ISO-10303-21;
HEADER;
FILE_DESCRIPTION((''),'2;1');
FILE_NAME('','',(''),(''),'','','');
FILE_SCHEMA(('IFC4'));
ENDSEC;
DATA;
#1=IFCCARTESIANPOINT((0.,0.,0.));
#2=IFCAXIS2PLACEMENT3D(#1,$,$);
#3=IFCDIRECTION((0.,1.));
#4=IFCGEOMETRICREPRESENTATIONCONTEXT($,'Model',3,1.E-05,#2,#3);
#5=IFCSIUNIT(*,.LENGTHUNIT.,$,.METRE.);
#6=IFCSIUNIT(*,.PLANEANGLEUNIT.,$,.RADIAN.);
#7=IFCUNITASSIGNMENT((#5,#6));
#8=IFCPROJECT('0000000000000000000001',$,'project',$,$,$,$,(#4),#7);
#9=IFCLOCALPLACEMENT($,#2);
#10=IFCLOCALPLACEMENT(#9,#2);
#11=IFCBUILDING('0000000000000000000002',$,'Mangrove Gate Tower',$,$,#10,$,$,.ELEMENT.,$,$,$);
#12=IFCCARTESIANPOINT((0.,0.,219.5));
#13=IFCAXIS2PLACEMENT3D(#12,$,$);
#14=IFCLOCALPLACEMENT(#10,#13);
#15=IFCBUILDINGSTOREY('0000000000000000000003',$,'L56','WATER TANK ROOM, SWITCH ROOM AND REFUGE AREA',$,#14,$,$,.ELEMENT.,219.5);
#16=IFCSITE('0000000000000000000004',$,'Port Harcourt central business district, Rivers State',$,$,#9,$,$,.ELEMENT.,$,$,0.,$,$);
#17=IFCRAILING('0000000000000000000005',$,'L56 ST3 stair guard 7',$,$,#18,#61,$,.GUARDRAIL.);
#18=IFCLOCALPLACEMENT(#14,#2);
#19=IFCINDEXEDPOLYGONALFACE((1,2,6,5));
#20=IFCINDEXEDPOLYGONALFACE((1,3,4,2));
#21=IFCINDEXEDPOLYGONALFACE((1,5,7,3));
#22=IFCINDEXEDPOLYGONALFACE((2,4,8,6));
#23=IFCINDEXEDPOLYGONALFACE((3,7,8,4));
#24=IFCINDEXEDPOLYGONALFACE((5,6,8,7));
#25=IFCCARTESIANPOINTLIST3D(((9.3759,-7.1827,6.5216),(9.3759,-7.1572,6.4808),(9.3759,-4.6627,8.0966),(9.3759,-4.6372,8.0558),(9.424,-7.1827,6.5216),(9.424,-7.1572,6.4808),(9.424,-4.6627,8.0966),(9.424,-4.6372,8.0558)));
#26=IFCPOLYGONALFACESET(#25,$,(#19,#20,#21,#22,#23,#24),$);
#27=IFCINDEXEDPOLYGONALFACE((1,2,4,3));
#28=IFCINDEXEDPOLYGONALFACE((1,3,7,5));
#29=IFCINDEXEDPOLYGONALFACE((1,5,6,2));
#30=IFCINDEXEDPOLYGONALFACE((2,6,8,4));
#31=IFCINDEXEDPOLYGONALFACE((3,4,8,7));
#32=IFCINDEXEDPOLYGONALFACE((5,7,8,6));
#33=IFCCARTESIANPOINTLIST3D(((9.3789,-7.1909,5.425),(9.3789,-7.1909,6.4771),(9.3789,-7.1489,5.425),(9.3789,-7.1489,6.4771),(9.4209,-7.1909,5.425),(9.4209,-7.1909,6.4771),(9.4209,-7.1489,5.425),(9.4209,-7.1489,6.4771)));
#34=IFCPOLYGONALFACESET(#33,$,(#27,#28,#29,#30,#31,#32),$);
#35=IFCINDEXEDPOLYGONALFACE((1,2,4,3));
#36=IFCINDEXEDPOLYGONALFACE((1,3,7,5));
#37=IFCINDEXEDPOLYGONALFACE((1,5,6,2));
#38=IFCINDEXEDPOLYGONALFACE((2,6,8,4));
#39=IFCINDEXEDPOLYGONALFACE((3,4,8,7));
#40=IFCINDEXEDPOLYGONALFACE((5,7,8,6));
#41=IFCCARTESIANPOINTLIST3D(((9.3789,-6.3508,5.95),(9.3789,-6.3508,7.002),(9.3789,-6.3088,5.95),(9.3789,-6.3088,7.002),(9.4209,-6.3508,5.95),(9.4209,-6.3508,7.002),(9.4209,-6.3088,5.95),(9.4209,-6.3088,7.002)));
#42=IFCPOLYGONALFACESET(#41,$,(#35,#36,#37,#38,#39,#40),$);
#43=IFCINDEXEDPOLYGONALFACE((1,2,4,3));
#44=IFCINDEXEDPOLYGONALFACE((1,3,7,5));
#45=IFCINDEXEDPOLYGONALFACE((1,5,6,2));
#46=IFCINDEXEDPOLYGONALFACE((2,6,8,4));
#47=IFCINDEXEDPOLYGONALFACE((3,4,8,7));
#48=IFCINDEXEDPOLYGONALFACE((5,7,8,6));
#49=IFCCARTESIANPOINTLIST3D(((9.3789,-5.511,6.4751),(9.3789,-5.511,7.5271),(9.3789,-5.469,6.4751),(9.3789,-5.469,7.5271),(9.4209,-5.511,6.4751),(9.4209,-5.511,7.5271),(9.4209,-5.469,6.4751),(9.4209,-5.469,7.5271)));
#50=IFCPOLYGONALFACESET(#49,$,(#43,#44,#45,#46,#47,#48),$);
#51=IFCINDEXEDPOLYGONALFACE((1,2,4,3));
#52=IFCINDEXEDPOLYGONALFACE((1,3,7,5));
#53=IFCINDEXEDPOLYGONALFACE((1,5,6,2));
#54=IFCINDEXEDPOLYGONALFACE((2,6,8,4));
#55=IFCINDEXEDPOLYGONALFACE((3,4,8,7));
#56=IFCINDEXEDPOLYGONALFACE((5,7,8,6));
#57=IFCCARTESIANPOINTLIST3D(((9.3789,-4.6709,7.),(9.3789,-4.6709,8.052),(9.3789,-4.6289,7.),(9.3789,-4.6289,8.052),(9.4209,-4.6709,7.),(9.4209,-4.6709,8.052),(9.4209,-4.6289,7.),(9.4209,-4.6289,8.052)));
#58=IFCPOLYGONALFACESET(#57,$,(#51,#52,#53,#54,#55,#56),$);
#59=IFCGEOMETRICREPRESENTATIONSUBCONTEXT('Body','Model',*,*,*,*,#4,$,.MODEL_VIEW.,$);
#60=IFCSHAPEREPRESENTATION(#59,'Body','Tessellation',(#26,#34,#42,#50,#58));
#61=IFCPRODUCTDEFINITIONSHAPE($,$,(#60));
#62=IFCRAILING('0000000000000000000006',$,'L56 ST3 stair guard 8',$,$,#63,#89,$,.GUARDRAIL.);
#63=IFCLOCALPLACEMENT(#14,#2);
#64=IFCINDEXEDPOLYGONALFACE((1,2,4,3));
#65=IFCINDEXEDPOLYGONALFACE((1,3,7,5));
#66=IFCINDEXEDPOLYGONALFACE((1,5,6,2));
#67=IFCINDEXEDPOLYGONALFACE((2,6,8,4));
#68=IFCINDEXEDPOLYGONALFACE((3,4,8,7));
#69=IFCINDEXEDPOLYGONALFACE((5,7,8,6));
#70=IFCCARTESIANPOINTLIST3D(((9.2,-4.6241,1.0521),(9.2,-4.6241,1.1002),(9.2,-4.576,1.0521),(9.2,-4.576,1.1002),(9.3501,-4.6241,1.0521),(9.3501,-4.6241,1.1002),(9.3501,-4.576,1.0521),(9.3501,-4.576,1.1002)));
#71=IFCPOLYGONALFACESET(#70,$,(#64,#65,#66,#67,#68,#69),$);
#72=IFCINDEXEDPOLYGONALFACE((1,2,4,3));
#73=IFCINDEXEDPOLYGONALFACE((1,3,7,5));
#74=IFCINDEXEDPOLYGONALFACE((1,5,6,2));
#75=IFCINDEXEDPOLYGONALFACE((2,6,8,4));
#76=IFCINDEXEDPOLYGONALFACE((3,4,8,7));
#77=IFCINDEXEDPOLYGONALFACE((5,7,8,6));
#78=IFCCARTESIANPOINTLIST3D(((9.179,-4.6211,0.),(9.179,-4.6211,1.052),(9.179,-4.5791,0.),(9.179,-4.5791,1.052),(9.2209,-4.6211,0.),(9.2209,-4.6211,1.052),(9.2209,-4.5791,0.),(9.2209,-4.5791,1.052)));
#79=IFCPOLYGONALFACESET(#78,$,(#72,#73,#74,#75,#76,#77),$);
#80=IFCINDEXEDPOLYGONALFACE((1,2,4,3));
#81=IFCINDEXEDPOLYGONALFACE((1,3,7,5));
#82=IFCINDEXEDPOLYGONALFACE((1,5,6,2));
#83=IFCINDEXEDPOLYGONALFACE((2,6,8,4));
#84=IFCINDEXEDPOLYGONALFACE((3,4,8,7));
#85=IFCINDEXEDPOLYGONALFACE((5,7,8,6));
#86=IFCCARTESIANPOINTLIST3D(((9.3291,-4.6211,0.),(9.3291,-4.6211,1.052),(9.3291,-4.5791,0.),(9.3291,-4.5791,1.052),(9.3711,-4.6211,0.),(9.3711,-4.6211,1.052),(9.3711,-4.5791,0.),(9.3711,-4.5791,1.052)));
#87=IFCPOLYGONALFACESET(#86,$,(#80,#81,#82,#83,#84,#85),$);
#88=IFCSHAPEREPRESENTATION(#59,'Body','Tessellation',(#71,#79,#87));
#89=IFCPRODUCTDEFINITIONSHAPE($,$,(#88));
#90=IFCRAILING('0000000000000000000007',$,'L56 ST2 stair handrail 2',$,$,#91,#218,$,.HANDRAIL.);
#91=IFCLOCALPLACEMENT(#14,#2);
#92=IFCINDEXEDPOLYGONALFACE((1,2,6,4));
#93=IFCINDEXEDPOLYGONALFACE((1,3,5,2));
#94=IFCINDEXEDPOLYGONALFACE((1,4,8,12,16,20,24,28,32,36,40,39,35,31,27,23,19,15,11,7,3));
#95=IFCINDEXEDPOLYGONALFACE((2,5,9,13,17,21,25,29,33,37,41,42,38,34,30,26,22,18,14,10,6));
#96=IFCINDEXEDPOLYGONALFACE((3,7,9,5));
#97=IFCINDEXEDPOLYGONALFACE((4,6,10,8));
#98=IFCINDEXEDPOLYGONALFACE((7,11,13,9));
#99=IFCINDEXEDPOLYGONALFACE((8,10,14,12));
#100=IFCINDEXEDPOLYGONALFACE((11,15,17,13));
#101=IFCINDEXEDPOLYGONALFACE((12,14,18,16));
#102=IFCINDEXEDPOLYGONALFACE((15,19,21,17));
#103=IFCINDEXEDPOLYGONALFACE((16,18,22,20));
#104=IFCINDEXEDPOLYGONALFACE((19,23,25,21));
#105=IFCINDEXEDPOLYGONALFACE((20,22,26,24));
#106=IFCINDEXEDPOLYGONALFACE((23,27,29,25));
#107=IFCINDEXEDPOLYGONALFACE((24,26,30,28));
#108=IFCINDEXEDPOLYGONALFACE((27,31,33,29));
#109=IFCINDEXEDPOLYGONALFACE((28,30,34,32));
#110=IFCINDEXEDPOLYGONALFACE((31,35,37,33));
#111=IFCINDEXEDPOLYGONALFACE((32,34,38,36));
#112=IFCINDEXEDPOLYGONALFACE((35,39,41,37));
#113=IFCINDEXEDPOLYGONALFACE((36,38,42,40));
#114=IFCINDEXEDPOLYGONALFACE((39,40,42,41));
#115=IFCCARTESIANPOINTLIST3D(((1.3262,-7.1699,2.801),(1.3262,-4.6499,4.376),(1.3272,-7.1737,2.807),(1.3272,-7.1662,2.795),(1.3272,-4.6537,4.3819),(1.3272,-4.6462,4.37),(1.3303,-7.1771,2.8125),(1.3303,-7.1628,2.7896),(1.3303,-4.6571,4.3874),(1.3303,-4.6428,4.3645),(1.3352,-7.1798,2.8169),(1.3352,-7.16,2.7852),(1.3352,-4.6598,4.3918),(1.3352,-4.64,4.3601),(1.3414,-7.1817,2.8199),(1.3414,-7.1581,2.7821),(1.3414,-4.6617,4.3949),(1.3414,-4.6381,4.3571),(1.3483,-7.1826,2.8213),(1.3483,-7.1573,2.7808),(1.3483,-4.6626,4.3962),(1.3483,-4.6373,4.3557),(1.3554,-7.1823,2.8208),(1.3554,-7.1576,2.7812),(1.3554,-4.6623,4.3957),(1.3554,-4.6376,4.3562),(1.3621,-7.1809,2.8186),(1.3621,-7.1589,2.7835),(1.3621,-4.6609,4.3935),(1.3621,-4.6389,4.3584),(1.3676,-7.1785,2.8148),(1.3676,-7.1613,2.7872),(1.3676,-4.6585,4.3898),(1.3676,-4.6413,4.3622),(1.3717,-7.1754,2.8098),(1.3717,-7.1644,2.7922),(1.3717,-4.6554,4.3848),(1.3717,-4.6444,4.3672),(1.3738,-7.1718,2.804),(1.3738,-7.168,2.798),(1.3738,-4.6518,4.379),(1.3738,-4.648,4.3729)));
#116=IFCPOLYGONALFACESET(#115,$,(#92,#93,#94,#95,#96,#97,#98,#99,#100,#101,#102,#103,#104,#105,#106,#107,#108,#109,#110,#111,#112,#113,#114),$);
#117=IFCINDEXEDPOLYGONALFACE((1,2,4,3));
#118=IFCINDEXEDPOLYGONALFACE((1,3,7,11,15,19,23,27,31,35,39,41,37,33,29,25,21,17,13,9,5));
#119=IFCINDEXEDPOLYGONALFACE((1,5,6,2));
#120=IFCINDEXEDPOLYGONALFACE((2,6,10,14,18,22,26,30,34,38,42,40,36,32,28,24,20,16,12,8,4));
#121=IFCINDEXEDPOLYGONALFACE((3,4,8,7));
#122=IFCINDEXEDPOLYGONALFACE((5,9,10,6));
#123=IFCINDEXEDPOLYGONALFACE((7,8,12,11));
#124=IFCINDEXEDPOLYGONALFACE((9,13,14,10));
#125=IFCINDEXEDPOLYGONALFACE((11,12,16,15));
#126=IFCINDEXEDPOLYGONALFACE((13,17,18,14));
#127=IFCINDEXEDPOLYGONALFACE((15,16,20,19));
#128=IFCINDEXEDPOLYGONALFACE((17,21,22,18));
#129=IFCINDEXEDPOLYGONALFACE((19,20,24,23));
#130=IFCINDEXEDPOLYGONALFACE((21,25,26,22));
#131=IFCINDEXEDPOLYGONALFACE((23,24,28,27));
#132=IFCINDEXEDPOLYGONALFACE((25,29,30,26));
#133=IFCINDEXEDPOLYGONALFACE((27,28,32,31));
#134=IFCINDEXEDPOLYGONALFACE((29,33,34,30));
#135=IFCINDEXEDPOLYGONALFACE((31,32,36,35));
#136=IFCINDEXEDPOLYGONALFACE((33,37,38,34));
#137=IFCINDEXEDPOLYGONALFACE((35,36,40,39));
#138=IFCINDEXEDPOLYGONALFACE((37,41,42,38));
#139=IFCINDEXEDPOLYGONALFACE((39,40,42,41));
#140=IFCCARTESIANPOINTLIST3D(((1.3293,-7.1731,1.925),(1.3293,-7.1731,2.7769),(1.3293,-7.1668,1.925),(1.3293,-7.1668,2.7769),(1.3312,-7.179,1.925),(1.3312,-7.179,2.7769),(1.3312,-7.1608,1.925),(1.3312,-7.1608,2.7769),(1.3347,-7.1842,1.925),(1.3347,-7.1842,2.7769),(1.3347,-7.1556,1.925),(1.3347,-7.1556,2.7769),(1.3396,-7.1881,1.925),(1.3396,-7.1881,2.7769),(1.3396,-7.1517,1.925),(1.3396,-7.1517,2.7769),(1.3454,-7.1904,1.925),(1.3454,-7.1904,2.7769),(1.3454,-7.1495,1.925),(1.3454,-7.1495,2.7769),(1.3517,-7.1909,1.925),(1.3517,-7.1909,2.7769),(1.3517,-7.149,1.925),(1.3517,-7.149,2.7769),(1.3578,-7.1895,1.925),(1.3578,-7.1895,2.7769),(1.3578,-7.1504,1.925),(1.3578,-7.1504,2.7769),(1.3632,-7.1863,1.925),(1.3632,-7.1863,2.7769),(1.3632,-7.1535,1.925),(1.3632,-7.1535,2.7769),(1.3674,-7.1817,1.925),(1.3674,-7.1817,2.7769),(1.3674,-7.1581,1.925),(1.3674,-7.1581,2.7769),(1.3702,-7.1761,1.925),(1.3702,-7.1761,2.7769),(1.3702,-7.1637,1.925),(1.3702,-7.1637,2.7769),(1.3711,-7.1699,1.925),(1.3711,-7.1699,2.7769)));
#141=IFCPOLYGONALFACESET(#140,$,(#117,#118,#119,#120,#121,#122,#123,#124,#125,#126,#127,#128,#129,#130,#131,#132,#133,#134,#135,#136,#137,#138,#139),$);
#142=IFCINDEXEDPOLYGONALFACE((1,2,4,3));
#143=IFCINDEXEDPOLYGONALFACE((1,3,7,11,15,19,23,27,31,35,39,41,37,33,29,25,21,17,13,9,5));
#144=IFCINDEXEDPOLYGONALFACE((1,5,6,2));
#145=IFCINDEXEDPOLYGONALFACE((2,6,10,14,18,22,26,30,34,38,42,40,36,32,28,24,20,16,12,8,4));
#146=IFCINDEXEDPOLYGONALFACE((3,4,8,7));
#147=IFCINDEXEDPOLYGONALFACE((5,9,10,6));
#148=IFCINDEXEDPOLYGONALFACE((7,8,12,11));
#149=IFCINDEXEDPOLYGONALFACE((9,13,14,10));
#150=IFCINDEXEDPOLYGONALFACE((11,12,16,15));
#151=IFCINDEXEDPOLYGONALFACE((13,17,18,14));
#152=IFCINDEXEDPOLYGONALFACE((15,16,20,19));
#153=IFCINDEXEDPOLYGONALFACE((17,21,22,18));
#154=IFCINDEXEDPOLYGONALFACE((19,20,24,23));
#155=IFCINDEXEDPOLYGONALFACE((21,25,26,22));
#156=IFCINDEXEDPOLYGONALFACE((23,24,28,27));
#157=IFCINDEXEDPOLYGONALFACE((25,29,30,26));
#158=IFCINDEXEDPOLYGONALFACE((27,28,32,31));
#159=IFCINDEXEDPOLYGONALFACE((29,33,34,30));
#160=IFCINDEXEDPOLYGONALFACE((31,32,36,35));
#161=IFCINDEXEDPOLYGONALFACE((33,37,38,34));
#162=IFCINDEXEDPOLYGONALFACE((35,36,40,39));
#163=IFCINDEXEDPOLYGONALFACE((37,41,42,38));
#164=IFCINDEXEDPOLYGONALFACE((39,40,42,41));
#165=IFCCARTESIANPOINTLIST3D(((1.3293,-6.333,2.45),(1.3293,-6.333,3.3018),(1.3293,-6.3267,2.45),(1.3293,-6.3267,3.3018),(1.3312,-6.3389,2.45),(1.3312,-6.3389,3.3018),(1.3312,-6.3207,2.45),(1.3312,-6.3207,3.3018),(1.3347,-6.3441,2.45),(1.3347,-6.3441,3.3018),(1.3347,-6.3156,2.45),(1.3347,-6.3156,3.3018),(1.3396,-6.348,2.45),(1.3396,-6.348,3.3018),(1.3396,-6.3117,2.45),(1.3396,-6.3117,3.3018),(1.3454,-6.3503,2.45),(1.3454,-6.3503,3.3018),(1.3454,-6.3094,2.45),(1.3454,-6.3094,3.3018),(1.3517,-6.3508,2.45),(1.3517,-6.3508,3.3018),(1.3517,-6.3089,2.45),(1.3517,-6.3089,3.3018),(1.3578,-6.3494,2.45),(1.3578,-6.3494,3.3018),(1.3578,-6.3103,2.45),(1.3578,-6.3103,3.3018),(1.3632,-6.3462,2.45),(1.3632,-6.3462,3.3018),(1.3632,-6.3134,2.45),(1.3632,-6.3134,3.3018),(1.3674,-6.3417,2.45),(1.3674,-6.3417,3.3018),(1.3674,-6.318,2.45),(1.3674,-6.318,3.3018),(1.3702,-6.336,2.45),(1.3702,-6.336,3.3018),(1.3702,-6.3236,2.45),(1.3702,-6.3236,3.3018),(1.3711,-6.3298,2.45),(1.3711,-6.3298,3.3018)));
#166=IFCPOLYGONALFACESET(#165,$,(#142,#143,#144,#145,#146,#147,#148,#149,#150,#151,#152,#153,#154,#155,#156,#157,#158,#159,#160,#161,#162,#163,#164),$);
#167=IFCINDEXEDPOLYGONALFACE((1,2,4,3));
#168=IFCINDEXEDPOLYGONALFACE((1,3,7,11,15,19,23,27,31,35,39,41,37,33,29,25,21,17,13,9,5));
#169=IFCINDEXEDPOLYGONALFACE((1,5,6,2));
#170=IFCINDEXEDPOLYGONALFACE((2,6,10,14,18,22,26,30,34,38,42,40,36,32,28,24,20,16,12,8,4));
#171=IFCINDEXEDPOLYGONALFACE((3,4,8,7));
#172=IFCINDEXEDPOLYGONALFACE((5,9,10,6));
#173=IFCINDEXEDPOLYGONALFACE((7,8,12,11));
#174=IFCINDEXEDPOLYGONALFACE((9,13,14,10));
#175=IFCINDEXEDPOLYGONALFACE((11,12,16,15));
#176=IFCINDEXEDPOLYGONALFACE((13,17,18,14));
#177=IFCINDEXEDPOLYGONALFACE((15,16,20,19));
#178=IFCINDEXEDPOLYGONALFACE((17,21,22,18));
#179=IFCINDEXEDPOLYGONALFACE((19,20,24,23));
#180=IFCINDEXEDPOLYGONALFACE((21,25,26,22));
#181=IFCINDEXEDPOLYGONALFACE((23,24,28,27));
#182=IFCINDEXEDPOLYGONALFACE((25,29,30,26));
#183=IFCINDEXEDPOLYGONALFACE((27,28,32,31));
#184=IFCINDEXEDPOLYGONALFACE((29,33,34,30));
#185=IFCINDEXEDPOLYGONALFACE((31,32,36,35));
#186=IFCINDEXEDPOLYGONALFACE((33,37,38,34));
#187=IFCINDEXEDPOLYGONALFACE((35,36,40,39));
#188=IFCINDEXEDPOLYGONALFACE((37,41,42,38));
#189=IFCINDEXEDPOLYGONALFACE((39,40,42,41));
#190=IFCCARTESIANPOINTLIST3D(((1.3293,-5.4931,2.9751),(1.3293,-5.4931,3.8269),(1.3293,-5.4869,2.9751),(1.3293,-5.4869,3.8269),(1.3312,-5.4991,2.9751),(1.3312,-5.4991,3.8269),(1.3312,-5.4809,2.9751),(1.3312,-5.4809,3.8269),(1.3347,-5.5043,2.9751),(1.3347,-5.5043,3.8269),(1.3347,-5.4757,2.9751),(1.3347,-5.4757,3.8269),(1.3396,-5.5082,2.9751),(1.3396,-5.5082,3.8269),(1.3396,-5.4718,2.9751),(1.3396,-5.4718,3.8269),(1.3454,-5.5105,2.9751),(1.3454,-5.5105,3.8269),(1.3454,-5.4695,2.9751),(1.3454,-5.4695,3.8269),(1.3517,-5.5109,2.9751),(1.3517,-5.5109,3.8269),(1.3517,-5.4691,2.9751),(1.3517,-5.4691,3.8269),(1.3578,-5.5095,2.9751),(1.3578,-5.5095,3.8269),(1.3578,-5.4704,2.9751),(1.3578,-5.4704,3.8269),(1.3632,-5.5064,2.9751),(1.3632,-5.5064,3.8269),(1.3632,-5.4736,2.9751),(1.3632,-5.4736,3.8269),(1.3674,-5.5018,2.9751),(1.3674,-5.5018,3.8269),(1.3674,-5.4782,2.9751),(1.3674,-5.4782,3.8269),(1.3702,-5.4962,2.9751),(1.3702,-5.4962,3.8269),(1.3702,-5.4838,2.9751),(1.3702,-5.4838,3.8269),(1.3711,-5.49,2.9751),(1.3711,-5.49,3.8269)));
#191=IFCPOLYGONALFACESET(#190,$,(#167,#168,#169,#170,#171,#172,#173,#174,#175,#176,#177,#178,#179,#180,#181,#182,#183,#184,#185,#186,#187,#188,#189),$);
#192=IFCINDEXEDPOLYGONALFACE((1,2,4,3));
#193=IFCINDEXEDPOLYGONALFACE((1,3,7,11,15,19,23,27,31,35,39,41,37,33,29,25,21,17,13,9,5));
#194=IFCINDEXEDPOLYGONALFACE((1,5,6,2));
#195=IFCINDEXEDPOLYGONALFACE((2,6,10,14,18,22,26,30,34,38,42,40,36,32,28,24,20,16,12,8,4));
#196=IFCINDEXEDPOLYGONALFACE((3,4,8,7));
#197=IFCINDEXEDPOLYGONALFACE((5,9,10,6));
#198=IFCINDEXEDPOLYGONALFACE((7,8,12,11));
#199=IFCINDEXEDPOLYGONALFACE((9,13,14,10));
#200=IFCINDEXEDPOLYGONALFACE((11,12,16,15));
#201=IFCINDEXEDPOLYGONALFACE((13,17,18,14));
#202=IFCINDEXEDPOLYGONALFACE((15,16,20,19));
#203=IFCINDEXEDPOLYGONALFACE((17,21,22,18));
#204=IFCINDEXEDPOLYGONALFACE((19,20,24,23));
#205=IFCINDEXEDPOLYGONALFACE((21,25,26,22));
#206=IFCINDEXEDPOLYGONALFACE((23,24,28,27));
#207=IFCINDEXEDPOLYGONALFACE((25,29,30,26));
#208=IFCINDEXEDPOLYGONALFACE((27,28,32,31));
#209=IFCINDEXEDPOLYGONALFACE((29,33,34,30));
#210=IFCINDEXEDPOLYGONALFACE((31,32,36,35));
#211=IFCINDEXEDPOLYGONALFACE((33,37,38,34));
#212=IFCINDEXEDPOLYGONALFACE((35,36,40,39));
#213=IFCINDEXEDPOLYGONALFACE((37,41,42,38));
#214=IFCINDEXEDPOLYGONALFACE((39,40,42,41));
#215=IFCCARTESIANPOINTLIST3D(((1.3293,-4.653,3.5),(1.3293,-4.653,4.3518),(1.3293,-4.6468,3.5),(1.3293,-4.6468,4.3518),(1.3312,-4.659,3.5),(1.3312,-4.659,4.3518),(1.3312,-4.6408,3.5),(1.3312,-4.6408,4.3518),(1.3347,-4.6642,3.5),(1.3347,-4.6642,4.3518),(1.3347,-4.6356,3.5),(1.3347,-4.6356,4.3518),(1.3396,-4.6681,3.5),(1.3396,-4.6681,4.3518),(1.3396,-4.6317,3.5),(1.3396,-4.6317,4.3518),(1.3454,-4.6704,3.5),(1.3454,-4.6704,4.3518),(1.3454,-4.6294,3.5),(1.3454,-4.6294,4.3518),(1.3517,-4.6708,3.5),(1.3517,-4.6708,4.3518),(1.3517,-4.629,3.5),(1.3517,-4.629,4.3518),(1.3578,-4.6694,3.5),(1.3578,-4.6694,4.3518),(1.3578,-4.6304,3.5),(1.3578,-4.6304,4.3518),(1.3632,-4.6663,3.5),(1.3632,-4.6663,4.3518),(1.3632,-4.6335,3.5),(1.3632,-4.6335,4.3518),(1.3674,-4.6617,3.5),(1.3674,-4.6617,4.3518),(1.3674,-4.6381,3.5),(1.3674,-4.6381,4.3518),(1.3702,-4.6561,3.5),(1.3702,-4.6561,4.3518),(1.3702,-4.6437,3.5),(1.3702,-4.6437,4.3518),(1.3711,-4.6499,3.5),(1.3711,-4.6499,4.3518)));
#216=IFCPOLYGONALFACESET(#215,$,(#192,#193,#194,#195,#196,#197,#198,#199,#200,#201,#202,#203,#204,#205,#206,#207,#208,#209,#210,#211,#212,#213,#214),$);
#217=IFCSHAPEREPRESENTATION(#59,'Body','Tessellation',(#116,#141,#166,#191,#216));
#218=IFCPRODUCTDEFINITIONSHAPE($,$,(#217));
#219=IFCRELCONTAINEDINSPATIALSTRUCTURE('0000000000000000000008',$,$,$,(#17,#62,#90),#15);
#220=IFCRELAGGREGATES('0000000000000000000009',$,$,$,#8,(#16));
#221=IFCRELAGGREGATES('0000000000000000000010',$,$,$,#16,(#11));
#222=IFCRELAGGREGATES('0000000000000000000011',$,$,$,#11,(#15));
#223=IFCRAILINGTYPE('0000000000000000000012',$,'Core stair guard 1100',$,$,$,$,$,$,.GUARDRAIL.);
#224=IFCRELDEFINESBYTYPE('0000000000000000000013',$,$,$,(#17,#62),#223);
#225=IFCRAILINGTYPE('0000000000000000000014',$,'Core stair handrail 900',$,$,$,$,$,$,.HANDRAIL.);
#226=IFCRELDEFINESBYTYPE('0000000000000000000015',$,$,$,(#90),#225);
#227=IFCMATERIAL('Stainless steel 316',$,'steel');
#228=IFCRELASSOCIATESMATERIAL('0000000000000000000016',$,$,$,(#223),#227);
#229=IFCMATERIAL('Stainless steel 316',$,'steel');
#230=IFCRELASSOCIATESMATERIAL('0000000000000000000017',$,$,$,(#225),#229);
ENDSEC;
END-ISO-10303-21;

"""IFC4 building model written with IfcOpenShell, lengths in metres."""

from ifc_helpers import new_model, si_unit, direction, frame, origin, origin_2d, place, context, subcontext, project, spatial, rectangle, circle, extrude, material, type_object, element, save


model = new_model("IFC4")

# Units and contexts
model_context = context("Model", 3, precision=1e-05, world=origin(), true_north=direction((0.0, 1.0)))
body_context = subcontext(model_context, "Body", "Model", "MODEL_VIEW")
ifc_project = project(units=[si_unit("LENGTHUNIT", "METRE"), si_unit("PLANEANGLEUNIT", "RADIAN")], contexts=[model_context])

# Site, building, storey
site_placement = place(None, origin())
site = spatial("IfcSite", under=ifc_project, at=site_placement, Name="Port Harcourt central business district, Rivers State", CompositionType="ELEMENT", RefElevation=0.0)
building_placement = place(site_placement, origin())
building = spatial("IfcBuilding", under=site, at=building_placement, Name="Mangrove Gate Tower", CompositionType="ELEMENT")
storey_placement = place(building_placement, frame((0.0, 0.0, 219.5)))
storey = spatial("IfcBuildingStorey", under=building, at=storey_placement, Name="L56", Description="WATER TANK ROOM, SWITCH ROOM AND REFUGE AREA", CompositionType="ELEMENT", Elevation=219.5)

# Railings
ifc_material_1 = material(Name="Stainless steel 316", Category="steel")
railing_type_1 = type_object("IfcRailingType", Name="Core stair guard 1100", PredefinedType="GUARDRAIL", material=ifc_material_1)
railing_1_placement = place(storey_placement, frame((9.3999, -7.1699, 5.425)))
element("IfcRailing", 1, at=railing_1_placement, inside=storey, type_object=railing_type_1, Name="L56 ST3 stair guard 7", PredefinedType="GUARDRAIL", context=body_context, shape_type="SweptSolid", body=[
    extrude(rectangle(XDim=0.0481, YDim=0.0481, at=origin_2d()), frame((0.0, 0.0, 1.0762), z_axis=(0.0, 0.848008, 0.529984), x_axis=(-1.0, 0.0, 0.0)), (0.0, 0.0, 1.0), 2.9717),
    extrude(rectangle(XDim=0.042, YDim=0.042, at=origin_2d()), origin(), (0.0, 0.0, 1.0), 1.052),
    extrude(rectangle(XDim=0.042, YDim=0.042, at=origin_2d()), frame((0.0, 0.8401, 0.5249)), (0.0, 0.0, 1.0), 1.052),
    extrude(rectangle(XDim=0.042, YDim=0.042, at=origin_2d()), frame((0.0, 1.6799, 1.05)), (0.0, 0.0, 1.0), 1.052),
    extrude(rectangle(XDim=0.042, YDim=0.042, at=origin_2d()), frame((0.0, 2.52, 1.575)), (0.0, 0.0, 1.0), 1.052),
])
railing_2_placement = place(storey_placement, frame((9.2, -4.6001, 0.0)))
element("IfcRailing", 2, at=railing_2_placement, inside=storey, type_object=railing_type_1, Name="L56 ST3 stair guard 8", PredefinedType="GUARDRAIL", context=body_context, shape_type="SweptSolid", body=[
    extrude(rectangle(XDim=0.0481, YDim=0.0481, at=origin_2d()), frame((0.0, 0.0, 1.0762), z_axis=(1.0, 0.0, 0.0), x_axis=(0.0, 1.0, 0.0)), (0.0, 0.0, 1.0), 0.1501),
    extrude(rectangle(XDim=0.042, YDim=0.042, at=origin_2d()), origin(), (0.0, 0.0, 1.0), 1.052),
    extrude(rectangle(XDim=0.042, YDim=0.042, at=origin_2d()), frame((0.1501, 0.0, 0.0)), (0.0, 0.0, 1.0), 1.052),
])
ifc_material_2 = material(Name="Stainless steel 316", Category="steel")
railing_type_2 = type_object("IfcRailingType", Name="Core stair handrail 900", PredefinedType="HANDRAIL", material=ifc_material_2)
for number, where, name in (
    (3, (1.3501, -7.1699, 1.925), "L56 ST2 stair handrail 2"),
):
    element("IfcRailing", number, at=place(storey_placement, frame(where)), inside=storey, type_object=railing_type_2, Name=name, PredefinedType="HANDRAIL", context=body_context, shape_type="SweptSolid", body=[
        extrude(circle(Radius=0.0239, at=origin_2d()), frame((0.0, 0.0, 0.876), z_axis=(0.0, 0.848008, 0.529984), x_axis=(-1.0, 0.0, 0.0)), (0.0, 0.0, 1.0), 2.9717),
        extrude(circle(Radius=0.021, at=origin_2d()), origin(), (0.0, 0.0, 1.0), 0.8518),
        extrude(circle(Radius=0.021, at=origin_2d()), frame((0.0, 0.8401, 0.5249)), (0.0, 0.0, 1.0), 0.8518),
        extrude(circle(Radius=0.021, at=origin_2d()), frame((0.0, 1.6799, 1.05)), (0.0, 0.0, 1.0), 0.8518),
        extrude(circle(Radius=0.021, at=origin_2d()), frame((0.0, 2.52, 1.575)), (0.0, 0.0, 1.0), 0.8518),
    ])

save(model, "model.ifc")
